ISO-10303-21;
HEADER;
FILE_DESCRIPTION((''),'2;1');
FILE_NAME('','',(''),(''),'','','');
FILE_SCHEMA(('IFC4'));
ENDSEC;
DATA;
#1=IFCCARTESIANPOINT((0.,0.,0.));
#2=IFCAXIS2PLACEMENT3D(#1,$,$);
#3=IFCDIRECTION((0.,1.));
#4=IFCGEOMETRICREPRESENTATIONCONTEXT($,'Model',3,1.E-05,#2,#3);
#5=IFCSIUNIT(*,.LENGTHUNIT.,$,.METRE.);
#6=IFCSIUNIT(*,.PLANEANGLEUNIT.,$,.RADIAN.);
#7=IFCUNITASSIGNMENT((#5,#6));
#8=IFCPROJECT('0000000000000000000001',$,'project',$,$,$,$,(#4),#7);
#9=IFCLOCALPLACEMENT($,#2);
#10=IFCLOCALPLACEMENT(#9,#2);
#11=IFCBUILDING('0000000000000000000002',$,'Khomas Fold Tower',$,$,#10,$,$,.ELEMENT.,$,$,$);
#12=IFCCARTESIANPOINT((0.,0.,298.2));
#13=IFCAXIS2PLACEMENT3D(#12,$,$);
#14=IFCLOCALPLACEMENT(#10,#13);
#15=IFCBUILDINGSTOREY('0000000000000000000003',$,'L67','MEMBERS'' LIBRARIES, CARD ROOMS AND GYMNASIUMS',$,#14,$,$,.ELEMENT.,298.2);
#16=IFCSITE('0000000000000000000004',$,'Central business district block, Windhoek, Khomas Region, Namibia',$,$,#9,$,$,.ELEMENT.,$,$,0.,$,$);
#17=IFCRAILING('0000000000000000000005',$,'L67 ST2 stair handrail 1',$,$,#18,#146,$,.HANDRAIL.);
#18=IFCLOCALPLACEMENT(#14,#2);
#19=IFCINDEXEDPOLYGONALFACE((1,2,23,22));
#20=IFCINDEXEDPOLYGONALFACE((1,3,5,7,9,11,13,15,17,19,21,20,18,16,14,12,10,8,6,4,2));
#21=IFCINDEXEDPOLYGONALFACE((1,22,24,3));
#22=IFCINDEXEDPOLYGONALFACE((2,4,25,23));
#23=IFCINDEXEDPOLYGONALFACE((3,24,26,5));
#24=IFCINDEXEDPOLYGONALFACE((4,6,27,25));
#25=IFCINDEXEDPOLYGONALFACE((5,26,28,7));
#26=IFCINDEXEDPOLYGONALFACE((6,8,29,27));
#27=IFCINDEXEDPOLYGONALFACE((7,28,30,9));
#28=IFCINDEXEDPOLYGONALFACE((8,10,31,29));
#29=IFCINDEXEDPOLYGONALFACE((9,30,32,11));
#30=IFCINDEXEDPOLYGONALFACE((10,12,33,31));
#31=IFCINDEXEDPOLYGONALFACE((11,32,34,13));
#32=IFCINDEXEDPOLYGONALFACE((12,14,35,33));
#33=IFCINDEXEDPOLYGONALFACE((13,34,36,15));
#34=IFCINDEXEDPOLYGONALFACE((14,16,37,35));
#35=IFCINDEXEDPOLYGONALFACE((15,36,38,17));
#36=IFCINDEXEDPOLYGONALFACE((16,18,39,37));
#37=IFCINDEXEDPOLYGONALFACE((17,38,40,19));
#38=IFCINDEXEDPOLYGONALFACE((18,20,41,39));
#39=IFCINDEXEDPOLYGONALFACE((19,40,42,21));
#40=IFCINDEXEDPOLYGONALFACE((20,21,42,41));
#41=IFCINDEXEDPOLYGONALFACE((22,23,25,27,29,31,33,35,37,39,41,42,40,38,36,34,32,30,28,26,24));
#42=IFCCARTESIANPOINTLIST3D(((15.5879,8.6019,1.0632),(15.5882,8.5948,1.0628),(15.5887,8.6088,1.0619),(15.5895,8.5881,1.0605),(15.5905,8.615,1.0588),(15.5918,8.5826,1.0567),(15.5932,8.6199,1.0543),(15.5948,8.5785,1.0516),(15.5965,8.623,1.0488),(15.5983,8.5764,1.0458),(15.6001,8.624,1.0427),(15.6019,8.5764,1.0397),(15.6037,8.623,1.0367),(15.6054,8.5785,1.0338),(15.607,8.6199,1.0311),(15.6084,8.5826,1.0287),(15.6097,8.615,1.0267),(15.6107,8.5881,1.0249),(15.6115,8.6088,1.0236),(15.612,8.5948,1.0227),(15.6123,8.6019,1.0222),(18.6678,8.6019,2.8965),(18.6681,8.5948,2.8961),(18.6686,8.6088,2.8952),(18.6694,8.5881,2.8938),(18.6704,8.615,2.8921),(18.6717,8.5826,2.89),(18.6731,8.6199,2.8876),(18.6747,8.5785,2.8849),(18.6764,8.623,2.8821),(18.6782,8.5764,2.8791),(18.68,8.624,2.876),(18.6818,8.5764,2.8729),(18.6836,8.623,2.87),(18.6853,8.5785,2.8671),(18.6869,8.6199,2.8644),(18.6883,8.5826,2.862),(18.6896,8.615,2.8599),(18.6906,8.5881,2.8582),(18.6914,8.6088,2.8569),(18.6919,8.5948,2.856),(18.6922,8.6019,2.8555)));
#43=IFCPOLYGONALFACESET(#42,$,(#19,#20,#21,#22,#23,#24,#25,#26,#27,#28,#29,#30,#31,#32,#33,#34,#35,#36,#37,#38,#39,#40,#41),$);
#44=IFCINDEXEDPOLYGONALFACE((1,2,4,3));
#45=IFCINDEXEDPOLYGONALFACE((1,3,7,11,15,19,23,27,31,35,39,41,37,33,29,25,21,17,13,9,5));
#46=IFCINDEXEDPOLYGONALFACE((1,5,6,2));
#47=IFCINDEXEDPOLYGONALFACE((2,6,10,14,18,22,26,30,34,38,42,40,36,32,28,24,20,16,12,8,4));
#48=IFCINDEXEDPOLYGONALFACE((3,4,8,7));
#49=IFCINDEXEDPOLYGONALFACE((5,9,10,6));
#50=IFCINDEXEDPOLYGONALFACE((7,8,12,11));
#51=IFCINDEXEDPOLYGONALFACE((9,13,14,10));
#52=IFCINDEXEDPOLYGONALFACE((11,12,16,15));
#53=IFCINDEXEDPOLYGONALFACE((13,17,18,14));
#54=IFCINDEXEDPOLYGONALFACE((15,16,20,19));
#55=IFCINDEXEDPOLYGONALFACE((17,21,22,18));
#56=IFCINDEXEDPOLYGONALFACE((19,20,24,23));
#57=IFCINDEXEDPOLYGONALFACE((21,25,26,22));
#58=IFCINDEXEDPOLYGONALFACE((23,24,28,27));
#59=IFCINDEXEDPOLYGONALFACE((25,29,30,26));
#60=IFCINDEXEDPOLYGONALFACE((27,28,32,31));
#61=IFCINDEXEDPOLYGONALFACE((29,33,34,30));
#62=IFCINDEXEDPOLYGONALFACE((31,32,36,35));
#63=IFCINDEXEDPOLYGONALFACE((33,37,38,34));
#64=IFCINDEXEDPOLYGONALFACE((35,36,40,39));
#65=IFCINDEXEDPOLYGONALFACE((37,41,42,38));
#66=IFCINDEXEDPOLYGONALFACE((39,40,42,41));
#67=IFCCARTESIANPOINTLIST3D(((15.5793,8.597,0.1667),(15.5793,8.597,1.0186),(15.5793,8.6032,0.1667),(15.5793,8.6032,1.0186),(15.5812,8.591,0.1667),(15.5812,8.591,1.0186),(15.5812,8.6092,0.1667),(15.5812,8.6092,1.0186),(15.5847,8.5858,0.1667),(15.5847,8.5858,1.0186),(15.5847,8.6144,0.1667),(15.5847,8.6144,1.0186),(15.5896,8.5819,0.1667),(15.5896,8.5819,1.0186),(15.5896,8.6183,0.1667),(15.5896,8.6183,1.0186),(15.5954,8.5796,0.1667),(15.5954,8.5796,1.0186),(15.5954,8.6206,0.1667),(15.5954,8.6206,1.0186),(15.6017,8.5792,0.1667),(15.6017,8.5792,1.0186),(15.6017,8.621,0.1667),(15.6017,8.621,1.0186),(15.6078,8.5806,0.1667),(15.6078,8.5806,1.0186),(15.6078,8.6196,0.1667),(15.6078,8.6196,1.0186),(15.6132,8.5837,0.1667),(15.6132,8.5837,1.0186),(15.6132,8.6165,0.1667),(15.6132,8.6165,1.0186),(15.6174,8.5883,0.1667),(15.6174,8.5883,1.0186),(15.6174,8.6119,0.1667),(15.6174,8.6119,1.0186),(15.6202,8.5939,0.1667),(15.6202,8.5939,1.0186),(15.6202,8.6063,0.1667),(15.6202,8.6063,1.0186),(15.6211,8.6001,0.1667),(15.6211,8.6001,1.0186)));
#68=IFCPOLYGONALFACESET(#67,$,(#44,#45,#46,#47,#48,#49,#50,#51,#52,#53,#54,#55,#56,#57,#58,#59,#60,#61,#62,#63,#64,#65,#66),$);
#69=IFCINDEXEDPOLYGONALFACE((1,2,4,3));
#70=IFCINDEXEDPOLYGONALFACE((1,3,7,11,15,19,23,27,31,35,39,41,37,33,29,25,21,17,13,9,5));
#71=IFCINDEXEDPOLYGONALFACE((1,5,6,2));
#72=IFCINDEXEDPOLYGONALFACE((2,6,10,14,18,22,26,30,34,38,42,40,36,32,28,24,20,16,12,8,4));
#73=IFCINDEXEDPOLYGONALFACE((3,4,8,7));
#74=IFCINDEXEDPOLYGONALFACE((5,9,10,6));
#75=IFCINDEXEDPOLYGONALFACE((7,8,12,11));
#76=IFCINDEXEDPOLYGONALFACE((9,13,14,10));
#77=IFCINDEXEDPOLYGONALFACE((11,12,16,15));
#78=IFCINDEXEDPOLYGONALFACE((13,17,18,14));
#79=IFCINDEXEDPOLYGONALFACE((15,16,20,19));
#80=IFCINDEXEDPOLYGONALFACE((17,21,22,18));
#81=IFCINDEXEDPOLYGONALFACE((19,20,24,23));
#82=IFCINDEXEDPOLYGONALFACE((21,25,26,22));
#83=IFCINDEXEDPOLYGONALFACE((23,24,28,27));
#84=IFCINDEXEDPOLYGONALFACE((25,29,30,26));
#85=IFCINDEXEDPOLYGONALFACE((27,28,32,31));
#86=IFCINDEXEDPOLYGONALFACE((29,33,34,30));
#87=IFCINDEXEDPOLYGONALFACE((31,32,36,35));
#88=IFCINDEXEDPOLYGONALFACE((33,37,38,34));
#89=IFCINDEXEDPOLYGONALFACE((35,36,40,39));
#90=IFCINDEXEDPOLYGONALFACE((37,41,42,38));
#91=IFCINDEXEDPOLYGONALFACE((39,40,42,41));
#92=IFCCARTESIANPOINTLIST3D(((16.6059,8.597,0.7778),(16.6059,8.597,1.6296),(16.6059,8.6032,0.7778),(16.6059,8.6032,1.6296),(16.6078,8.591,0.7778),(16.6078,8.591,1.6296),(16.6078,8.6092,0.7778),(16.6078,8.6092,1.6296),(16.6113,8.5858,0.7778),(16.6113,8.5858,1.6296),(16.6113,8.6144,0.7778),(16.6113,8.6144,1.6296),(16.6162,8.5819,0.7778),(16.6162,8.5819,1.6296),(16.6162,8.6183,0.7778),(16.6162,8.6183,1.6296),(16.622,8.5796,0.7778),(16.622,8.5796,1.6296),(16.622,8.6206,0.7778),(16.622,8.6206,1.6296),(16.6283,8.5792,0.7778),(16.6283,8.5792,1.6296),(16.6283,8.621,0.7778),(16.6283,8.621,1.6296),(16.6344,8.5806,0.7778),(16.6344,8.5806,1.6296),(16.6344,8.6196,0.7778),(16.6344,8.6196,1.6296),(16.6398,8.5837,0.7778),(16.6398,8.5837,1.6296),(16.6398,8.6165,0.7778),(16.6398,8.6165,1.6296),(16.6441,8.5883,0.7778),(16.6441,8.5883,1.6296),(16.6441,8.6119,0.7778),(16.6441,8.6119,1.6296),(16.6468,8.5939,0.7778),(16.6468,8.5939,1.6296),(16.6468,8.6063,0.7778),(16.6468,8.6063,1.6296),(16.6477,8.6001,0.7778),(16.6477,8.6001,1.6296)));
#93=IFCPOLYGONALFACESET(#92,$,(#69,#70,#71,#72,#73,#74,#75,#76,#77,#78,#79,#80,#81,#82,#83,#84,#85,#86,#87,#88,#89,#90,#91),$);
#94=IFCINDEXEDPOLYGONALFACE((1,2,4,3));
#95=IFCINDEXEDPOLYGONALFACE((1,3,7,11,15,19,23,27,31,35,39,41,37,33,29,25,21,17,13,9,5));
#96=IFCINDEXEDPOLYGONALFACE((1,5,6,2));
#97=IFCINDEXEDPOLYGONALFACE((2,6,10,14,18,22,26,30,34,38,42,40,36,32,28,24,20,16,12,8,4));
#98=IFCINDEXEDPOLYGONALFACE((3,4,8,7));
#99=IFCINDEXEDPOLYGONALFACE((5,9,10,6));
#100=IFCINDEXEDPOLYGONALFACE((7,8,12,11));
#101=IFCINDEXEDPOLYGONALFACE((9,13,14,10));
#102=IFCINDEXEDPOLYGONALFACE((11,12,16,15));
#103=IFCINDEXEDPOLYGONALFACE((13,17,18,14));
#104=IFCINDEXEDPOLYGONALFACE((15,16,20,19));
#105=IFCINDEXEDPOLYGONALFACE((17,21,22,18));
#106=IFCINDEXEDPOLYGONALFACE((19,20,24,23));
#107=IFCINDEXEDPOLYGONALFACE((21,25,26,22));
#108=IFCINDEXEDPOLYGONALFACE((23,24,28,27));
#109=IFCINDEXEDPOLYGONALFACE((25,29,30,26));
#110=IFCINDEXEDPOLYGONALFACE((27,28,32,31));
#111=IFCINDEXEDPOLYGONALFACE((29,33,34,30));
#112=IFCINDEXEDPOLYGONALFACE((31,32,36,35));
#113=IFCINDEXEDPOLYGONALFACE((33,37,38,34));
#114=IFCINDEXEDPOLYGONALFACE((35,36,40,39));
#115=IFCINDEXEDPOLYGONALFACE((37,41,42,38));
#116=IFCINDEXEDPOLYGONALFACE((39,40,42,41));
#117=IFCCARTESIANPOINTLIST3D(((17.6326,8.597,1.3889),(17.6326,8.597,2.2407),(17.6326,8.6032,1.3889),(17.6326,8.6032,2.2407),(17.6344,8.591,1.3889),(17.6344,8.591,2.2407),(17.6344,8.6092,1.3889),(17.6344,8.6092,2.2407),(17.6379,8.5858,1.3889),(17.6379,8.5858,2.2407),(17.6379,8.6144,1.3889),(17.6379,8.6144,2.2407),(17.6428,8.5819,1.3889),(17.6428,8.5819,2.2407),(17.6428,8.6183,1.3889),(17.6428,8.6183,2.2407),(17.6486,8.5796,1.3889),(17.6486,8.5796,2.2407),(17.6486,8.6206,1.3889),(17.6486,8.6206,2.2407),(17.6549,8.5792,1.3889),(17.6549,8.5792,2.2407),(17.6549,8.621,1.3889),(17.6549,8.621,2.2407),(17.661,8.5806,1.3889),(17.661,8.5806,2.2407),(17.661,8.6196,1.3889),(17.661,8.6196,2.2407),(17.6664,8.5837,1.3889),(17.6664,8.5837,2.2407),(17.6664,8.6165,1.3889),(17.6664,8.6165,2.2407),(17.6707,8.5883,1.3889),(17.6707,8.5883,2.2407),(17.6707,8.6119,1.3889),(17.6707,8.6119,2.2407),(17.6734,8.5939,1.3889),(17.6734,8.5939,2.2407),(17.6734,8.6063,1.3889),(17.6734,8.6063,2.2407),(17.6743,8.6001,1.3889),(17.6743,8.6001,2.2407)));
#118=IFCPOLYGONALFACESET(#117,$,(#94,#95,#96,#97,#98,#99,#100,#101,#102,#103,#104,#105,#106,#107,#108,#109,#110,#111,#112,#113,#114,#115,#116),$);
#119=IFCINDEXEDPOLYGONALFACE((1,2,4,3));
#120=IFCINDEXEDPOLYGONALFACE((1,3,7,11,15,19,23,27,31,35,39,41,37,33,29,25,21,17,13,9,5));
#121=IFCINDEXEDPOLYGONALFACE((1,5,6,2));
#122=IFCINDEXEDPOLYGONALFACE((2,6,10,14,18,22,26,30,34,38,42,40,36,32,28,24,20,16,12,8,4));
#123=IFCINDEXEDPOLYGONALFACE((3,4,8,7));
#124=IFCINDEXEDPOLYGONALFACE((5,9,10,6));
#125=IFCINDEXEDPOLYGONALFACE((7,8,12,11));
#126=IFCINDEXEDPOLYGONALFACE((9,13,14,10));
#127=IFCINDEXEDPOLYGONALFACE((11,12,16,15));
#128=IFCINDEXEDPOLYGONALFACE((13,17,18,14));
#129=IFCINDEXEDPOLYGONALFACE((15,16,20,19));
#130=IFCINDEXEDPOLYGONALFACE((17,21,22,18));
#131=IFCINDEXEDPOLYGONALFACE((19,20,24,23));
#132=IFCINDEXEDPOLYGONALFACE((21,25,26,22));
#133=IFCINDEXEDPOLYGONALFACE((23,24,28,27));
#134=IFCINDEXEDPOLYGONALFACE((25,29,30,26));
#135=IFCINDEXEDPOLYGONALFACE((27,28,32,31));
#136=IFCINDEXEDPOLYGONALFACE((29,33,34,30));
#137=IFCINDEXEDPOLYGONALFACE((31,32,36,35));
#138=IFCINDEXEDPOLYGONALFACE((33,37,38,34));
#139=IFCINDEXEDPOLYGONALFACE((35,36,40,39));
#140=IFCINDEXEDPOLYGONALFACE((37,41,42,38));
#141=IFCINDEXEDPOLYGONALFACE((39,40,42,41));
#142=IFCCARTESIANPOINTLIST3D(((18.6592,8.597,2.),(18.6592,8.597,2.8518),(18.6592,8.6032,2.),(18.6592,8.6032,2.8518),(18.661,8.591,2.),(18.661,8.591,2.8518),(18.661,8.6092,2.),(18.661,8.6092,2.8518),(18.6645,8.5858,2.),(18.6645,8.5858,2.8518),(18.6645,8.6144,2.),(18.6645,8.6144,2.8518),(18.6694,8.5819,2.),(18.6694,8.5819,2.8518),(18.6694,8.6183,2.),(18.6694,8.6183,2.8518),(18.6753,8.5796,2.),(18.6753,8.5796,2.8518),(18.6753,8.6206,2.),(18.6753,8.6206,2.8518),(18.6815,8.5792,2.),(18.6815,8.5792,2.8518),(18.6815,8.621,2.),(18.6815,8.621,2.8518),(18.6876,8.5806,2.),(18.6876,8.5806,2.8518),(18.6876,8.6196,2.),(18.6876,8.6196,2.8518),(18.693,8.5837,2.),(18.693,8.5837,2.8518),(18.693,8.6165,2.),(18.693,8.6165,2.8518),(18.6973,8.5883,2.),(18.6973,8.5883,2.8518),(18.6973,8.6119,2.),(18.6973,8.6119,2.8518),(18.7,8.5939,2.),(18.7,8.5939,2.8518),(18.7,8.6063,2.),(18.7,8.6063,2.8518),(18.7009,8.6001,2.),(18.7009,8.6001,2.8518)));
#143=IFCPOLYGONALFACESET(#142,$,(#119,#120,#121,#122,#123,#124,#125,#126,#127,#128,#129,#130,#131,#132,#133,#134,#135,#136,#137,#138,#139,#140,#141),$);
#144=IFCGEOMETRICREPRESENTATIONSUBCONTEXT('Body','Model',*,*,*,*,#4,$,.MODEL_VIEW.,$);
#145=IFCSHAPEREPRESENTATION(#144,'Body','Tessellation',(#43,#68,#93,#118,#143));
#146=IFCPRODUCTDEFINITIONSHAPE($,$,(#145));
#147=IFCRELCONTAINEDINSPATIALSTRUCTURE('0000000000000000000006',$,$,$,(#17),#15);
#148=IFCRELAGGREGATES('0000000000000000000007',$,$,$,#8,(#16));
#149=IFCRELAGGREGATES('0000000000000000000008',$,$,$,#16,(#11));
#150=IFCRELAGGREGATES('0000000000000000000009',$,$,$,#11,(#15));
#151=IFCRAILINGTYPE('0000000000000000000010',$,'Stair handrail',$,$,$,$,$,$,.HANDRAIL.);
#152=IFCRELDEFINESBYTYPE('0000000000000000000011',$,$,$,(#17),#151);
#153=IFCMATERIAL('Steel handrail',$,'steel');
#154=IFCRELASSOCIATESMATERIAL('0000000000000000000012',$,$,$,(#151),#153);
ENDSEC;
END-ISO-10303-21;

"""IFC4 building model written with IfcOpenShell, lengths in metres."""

from ifc_helpers import new_model, si_unit, direction, frame, origin, origin_2d, place, context, subcontext, project, spatial, circle, extrude, source, transform, mapped, material, type_object, element, save


model = new_model("IFC4")

# Units and contexts
model_context = context("Model", 3, precision=1e-05, world=origin(), true_north=direction((0.0, 1.0)))
body_context = subcontext(model_context, "Body", "Model", "MODEL_VIEW")
ifc_project = project(units=[si_unit("LENGTHUNIT", "METRE"), si_unit("PLANEANGLEUNIT", "RADIAN")], contexts=[model_context])

# Site, building, storey
site_placement = place(None, origin())
site = spatial("IfcSite", under=ifc_project, at=site_placement, Name="Central business district block, Windhoek, Khomas Region, Namibia", CompositionType="ELEMENT", RefElevation=0.0)
building_placement = place(site_placement, origin())
building = spatial("IfcBuilding", under=site, at=building_placement, Name="Khomas Fold Tower", CompositionType="ELEMENT")
storey_placement = place(building_placement, frame((0.0, 0.0, 298.2)))
storey = spatial("IfcBuildingStorey", under=building, at=storey_placement, Name="L67", Description="MEMBERS' LIBRARIES, CARD ROOMS AND GYMNASIUMS", CompositionType="ELEMENT", Elevation=298.2)

# Railing
ifc_material_1 = material(Name="Steel handrail", Category="steel")
railing_type_1 = type_object("IfcRailingType", Name="Stair handrail", PredefinedType="HANDRAIL", material=ifc_material_1)
shared_shape_1 = source(origin(), body_context, "Body", "SweptSolid", [
    extrude(circle(Radius=0.0239, at=origin_2d()), frame((0.0, 0.0, 0.876), z_axis=(0.859291, 0.0, 0.511487), x_axis=(0.0, 1.0, 0.0)), (0.0, 0.0, 1.0), 3.5842),
    extrude(circle(Radius=0.021, at=origin_2d()), origin(), (0.0, 0.0, 1.0), 0.8518),
    extrude(circle(Radius=0.021, at=origin_2d()), frame((1.0266, 0.0, 0.6111)), (0.0, 0.0, 1.0), 0.8518),
    extrude(circle(Radius=0.021, at=origin_2d()), frame((2.0532, 0.0, 1.2222)), (0.0, 0.0, 1.0), 0.8518),
    extrude(circle(Radius=0.021, at=origin_2d()), frame((3.0798, 0.0, 1.8333)), (0.0, 0.0, 1.0), 0.8518),
])
railing_1_placement = place(storey_placement, frame((15.6001, 8.6001, 0.1667)))
element("IfcRailing", 1, at=railing_1_placement, inside=storey, type_object=railing_type_1, Name="L67 ST2 stair handrail 1", PredefinedType="HANDRAIL", context=body_context, shape_type="MappedRepresentation", body=[
    mapped(shared_shape_1, transform((0.0, 0.0, 0.0))),
])

save(model, "model.ifc")
